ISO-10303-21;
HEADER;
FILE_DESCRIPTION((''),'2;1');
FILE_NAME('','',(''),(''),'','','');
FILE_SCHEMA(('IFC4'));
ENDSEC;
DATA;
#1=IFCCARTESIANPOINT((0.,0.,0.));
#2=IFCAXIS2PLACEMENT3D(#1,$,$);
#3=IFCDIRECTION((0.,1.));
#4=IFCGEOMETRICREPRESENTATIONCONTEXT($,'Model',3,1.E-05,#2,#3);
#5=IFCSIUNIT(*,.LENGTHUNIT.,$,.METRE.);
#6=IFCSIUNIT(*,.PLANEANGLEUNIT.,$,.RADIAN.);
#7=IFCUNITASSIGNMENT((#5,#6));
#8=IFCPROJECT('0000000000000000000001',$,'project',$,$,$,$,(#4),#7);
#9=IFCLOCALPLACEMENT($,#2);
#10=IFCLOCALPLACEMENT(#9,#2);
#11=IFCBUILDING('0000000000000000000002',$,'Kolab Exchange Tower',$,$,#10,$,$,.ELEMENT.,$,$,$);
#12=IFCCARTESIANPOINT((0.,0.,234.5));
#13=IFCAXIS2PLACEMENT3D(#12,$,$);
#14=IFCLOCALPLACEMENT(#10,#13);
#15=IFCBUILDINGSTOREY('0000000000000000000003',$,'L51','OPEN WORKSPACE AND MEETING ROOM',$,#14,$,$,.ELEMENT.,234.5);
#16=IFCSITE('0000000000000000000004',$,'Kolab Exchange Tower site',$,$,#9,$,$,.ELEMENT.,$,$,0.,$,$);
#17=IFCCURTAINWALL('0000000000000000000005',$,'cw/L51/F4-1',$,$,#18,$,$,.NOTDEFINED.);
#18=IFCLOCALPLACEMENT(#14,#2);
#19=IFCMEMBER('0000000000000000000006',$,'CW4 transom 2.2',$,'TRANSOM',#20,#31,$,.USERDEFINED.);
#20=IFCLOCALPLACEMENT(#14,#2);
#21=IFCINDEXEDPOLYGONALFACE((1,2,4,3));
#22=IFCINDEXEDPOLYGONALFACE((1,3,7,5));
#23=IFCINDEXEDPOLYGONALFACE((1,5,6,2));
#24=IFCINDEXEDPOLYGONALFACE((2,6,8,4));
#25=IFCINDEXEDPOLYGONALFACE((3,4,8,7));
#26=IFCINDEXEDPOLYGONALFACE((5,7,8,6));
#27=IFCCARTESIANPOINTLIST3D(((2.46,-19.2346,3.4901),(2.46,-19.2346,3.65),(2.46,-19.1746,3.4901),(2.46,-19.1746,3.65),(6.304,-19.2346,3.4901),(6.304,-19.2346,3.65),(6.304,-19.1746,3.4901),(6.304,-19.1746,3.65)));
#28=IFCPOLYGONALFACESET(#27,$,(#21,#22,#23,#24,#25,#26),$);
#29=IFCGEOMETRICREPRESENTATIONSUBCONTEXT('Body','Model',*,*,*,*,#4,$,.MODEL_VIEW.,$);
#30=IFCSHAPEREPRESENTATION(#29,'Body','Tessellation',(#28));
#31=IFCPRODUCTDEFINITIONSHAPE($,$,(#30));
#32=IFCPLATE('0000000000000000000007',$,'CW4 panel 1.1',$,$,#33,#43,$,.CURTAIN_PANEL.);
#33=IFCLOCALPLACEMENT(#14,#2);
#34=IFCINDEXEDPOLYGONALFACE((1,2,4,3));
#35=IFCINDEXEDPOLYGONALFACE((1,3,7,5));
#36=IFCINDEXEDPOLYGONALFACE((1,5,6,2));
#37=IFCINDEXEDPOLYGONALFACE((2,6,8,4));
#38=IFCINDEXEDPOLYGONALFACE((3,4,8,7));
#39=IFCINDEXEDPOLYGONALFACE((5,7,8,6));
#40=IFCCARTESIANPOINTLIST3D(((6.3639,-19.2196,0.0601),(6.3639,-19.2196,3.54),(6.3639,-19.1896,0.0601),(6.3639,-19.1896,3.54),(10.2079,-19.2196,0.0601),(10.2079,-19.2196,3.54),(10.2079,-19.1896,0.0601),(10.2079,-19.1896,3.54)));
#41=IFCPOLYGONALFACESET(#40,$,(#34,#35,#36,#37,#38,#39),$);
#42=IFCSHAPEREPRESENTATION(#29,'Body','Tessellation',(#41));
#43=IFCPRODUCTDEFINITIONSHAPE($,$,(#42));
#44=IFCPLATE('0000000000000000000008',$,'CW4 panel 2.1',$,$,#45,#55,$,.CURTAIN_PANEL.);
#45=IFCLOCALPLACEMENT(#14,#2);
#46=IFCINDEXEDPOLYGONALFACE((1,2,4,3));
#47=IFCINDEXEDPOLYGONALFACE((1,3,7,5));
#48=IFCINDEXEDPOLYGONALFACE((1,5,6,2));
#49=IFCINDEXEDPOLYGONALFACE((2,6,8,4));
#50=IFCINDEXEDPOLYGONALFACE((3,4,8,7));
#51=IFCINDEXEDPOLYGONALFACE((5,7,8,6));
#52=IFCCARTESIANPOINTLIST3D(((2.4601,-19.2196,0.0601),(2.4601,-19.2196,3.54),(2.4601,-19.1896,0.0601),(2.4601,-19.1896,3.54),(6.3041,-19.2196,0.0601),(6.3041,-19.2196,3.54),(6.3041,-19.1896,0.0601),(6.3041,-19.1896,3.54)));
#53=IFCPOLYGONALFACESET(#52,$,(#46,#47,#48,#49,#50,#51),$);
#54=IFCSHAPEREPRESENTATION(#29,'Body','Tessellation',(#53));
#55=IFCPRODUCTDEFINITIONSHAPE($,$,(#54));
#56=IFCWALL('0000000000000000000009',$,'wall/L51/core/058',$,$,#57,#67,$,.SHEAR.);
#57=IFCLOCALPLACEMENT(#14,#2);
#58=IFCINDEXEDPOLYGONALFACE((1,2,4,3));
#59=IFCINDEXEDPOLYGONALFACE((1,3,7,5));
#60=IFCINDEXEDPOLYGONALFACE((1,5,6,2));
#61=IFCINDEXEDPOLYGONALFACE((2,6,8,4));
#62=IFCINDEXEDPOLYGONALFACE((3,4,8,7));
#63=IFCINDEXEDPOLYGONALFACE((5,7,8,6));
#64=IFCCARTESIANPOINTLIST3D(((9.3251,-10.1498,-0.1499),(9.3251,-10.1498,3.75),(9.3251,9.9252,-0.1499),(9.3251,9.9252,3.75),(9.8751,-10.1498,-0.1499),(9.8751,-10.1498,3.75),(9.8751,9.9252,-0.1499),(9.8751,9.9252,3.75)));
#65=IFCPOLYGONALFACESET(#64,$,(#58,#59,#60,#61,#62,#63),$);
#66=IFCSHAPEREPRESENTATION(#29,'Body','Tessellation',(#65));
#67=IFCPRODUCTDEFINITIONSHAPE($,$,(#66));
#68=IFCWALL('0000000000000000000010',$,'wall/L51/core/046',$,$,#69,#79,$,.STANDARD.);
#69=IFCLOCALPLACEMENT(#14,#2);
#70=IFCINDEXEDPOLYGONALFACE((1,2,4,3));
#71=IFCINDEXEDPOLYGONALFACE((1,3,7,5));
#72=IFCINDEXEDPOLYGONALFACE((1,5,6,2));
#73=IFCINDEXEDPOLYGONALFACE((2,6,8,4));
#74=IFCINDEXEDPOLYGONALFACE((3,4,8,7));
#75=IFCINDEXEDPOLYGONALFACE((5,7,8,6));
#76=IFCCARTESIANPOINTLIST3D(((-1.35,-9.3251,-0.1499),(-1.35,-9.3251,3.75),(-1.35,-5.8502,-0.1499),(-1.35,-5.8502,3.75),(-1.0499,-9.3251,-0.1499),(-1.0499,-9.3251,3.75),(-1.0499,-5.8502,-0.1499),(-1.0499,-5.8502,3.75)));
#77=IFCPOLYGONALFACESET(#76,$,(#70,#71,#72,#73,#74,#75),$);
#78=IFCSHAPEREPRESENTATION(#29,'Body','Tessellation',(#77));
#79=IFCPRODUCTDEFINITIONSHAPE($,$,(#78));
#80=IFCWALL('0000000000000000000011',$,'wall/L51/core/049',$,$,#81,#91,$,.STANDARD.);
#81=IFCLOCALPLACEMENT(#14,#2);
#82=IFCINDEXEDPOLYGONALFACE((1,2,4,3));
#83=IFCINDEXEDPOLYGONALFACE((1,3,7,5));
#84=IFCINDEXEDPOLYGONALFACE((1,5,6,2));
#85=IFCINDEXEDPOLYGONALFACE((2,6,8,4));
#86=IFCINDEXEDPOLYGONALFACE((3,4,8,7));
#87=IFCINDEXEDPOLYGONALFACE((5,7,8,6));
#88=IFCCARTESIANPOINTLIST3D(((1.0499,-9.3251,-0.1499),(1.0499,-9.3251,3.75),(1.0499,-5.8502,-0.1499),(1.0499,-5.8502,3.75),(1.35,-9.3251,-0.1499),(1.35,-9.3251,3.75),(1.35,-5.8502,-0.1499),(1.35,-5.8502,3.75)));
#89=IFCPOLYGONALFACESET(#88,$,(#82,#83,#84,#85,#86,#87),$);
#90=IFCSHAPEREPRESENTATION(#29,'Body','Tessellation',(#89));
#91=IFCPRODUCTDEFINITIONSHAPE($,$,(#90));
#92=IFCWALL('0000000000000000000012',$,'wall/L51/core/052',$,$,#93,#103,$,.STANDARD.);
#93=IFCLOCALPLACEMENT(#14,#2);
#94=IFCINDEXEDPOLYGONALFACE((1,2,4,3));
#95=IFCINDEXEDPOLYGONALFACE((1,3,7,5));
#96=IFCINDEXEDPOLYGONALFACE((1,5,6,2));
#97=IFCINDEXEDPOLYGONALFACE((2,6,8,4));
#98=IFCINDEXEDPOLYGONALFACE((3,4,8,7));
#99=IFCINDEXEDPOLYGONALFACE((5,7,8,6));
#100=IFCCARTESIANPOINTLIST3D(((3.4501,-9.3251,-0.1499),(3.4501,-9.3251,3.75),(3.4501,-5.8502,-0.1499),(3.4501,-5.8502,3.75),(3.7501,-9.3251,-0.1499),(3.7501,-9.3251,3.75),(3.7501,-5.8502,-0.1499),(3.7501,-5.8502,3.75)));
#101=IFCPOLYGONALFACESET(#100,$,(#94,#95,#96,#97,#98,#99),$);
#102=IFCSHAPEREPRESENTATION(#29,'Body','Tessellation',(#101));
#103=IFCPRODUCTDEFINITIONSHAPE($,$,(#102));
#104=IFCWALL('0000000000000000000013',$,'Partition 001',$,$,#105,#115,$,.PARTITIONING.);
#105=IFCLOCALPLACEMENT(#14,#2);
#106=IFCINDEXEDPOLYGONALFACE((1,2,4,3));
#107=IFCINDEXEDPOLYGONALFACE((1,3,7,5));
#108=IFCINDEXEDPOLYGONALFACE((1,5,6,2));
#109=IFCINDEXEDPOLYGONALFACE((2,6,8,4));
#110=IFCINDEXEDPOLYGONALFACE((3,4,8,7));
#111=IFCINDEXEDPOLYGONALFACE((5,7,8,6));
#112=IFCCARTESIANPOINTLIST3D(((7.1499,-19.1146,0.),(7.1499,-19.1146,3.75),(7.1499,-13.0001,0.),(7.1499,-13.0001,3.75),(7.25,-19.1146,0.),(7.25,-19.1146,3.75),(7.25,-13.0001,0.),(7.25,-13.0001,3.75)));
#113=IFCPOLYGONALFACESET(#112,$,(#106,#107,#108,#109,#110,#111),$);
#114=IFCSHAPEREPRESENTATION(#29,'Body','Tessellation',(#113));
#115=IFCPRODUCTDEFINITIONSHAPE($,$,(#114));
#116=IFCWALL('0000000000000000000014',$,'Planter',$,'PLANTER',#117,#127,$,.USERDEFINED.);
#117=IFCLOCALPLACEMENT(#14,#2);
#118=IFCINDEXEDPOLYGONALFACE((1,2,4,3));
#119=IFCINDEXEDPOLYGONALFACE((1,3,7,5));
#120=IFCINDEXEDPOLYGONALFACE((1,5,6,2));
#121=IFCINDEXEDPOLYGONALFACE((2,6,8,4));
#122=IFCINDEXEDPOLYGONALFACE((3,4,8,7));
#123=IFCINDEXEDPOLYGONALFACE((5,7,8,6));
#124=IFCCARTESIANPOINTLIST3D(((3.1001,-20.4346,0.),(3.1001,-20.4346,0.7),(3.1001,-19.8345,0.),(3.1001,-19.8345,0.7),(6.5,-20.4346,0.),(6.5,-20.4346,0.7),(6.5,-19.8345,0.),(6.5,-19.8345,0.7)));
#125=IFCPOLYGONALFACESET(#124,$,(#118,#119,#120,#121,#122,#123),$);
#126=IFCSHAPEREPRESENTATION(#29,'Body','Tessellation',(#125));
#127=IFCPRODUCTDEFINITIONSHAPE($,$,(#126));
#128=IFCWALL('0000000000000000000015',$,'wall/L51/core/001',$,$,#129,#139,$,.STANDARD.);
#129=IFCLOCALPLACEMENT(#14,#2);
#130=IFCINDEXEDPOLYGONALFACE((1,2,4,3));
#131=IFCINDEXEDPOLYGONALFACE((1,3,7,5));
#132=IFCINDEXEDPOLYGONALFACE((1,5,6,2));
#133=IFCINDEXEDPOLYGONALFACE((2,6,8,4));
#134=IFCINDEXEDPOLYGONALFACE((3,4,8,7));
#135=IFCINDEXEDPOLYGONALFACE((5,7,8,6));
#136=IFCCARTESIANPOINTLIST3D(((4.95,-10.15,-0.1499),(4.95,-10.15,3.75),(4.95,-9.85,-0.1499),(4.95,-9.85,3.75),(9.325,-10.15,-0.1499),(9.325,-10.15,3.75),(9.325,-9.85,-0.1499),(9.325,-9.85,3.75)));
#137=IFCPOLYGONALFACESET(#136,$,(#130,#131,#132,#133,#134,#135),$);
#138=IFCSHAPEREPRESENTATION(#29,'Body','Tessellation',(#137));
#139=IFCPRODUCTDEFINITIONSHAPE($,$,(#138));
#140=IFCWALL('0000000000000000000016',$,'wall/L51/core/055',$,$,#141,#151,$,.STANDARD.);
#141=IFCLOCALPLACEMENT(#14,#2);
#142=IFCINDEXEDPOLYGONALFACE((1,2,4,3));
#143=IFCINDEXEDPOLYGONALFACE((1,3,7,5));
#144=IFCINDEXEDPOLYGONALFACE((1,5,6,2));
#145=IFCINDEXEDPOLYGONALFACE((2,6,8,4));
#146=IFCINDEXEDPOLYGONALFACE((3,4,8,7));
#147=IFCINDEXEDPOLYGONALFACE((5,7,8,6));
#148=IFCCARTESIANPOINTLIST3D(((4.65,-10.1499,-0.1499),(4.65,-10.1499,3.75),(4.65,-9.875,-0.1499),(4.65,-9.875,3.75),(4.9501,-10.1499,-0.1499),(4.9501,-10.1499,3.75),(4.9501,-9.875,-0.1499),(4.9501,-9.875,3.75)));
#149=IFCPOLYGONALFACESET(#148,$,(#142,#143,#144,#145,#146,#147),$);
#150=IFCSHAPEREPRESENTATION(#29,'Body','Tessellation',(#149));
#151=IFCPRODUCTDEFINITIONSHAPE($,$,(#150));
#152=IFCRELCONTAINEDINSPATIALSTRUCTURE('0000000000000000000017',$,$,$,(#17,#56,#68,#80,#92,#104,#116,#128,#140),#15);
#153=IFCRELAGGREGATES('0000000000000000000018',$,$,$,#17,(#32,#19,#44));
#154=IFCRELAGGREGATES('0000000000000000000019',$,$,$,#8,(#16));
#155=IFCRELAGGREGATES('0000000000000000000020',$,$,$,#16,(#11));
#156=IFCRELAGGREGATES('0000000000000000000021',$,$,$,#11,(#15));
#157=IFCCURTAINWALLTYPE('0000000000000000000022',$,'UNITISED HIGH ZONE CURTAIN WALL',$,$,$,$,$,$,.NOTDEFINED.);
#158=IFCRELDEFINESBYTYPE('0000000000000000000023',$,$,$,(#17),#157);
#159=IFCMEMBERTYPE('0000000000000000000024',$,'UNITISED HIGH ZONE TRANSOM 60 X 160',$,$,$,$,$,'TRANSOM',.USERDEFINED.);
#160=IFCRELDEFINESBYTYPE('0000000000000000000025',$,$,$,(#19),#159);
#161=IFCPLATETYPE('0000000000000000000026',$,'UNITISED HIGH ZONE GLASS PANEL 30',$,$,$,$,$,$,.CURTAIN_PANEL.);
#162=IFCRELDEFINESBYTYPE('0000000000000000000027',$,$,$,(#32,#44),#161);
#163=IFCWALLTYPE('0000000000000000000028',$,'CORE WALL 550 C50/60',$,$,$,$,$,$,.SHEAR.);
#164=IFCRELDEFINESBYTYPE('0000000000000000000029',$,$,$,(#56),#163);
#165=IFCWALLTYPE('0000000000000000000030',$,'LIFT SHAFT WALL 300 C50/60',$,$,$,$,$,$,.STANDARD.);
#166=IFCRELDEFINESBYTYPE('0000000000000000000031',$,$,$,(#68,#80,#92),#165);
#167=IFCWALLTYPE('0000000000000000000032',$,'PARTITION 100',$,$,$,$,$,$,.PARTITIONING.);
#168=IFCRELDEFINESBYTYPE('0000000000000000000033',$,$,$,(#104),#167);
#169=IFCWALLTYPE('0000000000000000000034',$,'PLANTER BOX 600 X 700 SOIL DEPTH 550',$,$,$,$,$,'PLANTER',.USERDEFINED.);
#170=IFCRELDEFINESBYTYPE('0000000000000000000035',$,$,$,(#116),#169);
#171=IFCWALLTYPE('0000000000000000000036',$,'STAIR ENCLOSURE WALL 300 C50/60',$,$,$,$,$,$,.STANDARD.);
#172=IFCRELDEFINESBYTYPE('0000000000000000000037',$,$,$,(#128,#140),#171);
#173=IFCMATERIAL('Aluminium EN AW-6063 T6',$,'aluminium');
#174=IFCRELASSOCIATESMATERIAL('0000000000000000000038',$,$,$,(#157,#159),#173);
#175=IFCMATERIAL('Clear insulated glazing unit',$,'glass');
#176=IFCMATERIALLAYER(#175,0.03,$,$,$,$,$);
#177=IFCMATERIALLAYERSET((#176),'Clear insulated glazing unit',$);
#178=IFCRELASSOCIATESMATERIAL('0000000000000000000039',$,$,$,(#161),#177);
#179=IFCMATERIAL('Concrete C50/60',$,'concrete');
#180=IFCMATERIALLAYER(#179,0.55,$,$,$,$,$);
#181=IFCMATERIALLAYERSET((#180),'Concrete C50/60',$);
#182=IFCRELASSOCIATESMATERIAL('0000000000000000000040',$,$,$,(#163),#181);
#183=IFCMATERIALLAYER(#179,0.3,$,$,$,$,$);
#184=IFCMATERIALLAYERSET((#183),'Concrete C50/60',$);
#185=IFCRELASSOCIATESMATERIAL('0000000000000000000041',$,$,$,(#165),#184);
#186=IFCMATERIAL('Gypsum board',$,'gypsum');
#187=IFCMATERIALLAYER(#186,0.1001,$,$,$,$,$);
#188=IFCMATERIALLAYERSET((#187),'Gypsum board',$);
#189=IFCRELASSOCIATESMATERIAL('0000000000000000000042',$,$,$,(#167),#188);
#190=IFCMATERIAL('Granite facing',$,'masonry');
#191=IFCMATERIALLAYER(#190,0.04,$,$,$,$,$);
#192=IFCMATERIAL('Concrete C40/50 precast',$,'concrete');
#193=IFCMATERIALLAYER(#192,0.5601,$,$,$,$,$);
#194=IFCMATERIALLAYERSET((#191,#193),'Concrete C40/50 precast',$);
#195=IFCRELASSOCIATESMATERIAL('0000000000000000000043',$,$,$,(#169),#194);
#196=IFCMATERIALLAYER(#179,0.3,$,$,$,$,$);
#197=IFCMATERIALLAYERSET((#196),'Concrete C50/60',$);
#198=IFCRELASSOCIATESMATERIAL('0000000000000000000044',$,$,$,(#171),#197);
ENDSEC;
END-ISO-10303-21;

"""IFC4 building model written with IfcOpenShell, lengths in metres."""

from ifc_helpers import new_model, si_unit, direction, frame, frame_2d, origin, origin_2d, place, context, subcontext, project, spatial, rectangle, extrude, material, layer, layer_set, material_profile, profile_set, type_object, element, aggregate, save


model = new_model("IFC4")

# Units and contexts
model_context = context("Model", 3, precision=1e-05, world=origin(), true_north=direction((0.0, 1.0)))
body_context = subcontext(model_context, "Body", "Model", "MODEL_VIEW")
ifc_project = project(units=[si_unit("LENGTHUNIT", "METRE"), si_unit("PLANEANGLEUNIT", "RADIAN")], contexts=[model_context])

# Site, building, storey
site_placement = place(None, origin())
site = spatial("IfcSite", under=ifc_project, at=site_placement, Name="Kolab Exchange Tower site", CompositionType="ELEMENT", RefElevation=0.0)
building_placement = place(site_placement, origin())
building = spatial("IfcBuilding", under=site, at=building_placement, Name="Kolab Exchange Tower", CompositionType="ELEMENT")
storey_placement = place(building_placement, frame((0.0, 0.0, 234.5)))
storey = spatial("IfcBuildingStorey", under=building, at=storey_placement, Name="L51", Description="OPEN WORKSPACE AND MEETING ROOM", CompositionType="ELEMENT", Elevation=234.5)

# Shared definitions
ifc_material_1 = material(Name="Concrete C50/60", Category="concrete")

# Curtain wall, member, plates
ifc_material_2 = material(Name="Aluminium EN AW-6063 T6", Category="aluminium")
curtain_wall_type = type_object("IfcCurtainWallType", Name="UNITISED HIGH ZONE CURTAIN WALL", PredefinedType="NOTDEFINED", material=ifc_material_2)
curtain_wall_placement = place(storey_placement, origin())
curtain_wall = element("IfcCurtainWall", 1, at=curtain_wall_placement, inside=storey, type_object=curtain_wall_type, Name="cw/L51/F4-1", PredefinedType="NOTDEFINED")
ifc_material_profile_1 = material_profile(ifc_material_2, rectangle(XDim=0.0601, YDim=0.1599, at=origin_2d()), Name="RECT 60X160")
ifc_profile_set_1 = profile_set([ifc_material_profile_1], Name="Aluminium EN AW-6063 T6")
member_type_1 = type_object("IfcMemberType", Name="UNITISED HIGH ZONE TRANSOM 60 X 160", ElementType="TRANSOM", PredefinedType="USERDEFINED", material=ifc_profile_set_1)
member_1_placement = place(storey_placement, frame((6.304, -19.2046, 3.5701), z_axis=(-1.0, 0.0, 0.0), x_axis=(0.0, -1.0, 0.0)))
member_1 = element("IfcMember", 2, at=member_1_placement, type_object=member_type_1, Name="CW4 transom 2.2", ObjectType="TRANSOM", PredefinedType="USERDEFINED", context=body_context, shape_type="SweptSolid", body=[
    extrude(rectangle(XDim=0.0601, YDim=0.1599, at=origin_2d()), origin(), (0.0, 0.0, 1.0), 3.844),
])
ifc_material_3 = material(Name="Clear insulated glazing unit", Category="glass")
ifc_layer_1 = layer(ifc_material_3, 0.03)
ifc_layer_set_1 = layer_set([ifc_layer_1], Name="Clear insulated glazing unit")
plate_type = type_object("IfcPlateType", Name="UNITISED HIGH ZONE GLASS PANEL 30", PredefinedType="CURTAIN_PANEL", material=ifc_layer_set_1)
plate_1_placement = place(storey_placement, frame((8.2859, -19.2046, 0.0601), z_axis=(0.0, 0.0, 1.0), x_axis=(-1.0, 0.0, 0.0)))
plate_1 = element("IfcPlate", 3, at=plate_1_placement, type_object=plate_type, Name="CW4 panel 1.1", PredefinedType="CURTAIN_PANEL", context=body_context, shape_type="SweptSolid", body=[
    extrude(rectangle(XDim=3.844, YDim=0.03, at=origin_2d()), origin(), (0.0, 0.0, 1.0), 3.48),
])
plate_2_placement = place(storey_placement, frame((4.3821, -19.2046, 0.0601), z_axis=(0.0, 0.0, 1.0), x_axis=(-1.0, 0.0, 0.0)))
plate_2 = element("IfcPlate", 4, at=plate_2_placement, type_object=plate_type, Name="CW4 panel 2.1", PredefinedType="CURTAIN_PANEL", context=body_context, shape_type="SweptSolid", body=[
    extrude(rectangle(XDim=3.844, YDim=0.03, at=origin_2d()), origin(), (0.0, 0.0, 1.0), 3.48),
])
aggregate(curtain_wall, [plate_1, member_1, plate_2])

# Wall
ifc_layer_2 = layer(ifc_material_1, 0.55)
ifc_layer_set_2 = layer_set([ifc_layer_2], Name="Concrete C50/60")
wall_type_1 = type_object("IfcWallType", Name="CORE WALL 550 C50/60", PredefinedType="SHEAR", material=ifc_layer_set_2)
wall_1_placement = place(storey_placement, frame((9.6001, -10.1499, -0.1499), z_axis=(0.0, 0.0, 1.0), x_axis=(0.0, 1.0, 0.0)))
element("IfcWall", 5, at=wall_1_placement, inside=storey, type_object=wall_type_1, Name="wall/L51/core/058", PredefinedType="SHEAR", context=body_context, shape_type="SweptSolid", body=[
    extrude(rectangle(XDim=20.075, YDim=0.55, at=frame_2d((10.0376, 0.0))), origin(), (0.0, 0.0, 1.0), 3.8999),
])

# Walls
ifc_layer_3 = layer(ifc_material_1, 0.3)
ifc_layer_set_3 = layer_set([ifc_layer_3], Name="Concrete C50/60")
wall_type_2 = type_object("IfcWallType", Name="LIFT SHAFT WALL 300 C50/60", PredefinedType="STANDARD", material=ifc_layer_set_3)
for number, where, z_axis, x_axis, name in (
    (6, (-1.2, -9.325, -0.1499), (0.0, 0.0, 1.0), (0.0, 1.0, 0.0), "wall/L51/core/046"),
    (7, (1.2, -9.325, -0.1499), (0.0, 0.0, 1.0), (0.0, 1.0, 0.0), "wall/L51/core/049"),
    (8, (3.6001, -9.325, -0.1499), (0.0, 0.0, 1.0), (0.0, 1.0, 0.0), "wall/L51/core/052"),
):
    element("IfcWall", number, at=place(storey_placement, frame(where, z_axis=z_axis, x_axis=x_axis)), inside=storey, type_object=wall_type_2, Name=name, PredefinedType="STANDARD", context=body_context, shape_type="SweptSolid", body=[
        extrude(rectangle(XDim=3.4749, YDim=0.3, at=frame_2d((1.7373, 0.0))), origin(), (0.0, 0.0, 1.0), 3.8999),
    ])
ifc_material_4 = material(Name="Gypsum board", Category="gypsum")
ifc_layer_4 = layer(ifc_material_4, 0.1001)
ifc_layer_set_4 = layer_set([ifc_layer_4], Name="Gypsum board")
wall_type_3 = type_object("IfcWallType", Name="PARTITION 100", PredefinedType="PARTITIONING", material=ifc_layer_set_4)
wall_2_placement = place(storey_placement, frame((7.2, -19.1145, 0.0), z_axis=(0.0, 0.0, 1.0), x_axis=(0.0, 1.0, 0.0)))
element("IfcWall", 9, at=wall_2_placement, inside=storey, type_object=wall_type_3, Name="Partition 001", PredefinedType="PARTITIONING", context=body_context, shape_type="SweptSolid", body=[
    extrude(rectangle(XDim=6.1145, YDim=0.1001, at=frame_2d((3.0571, 0.0))), origin(), (0.0, 0.0, 1.0), 3.75),
])
ifc_material_5 = material(Name="Granite facing", Category="masonry")
ifc_layer_5 = layer(ifc_material_5, 0.04)
ifc_material_6 = material(Name="Concrete C40/50 precast", Category="concrete")
ifc_layer_6 = layer(ifc_material_6, 0.5601)
ifc_layer_set_5 = layer_set([ifc_layer_5, ifc_layer_6], Name="Concrete C40/50 precast")
wall_type_4 = type_object("IfcWallType", Name="PLANTER BOX 600 X 700 SOIL DEPTH 550", ElementType="PLANTER", PredefinedType="USERDEFINED", material=ifc_layer_set_5)
wall_3_placement = place(storey_placement, frame((6.5, -20.1345, 0.0), z_axis=(0.0, 0.0, 1.0), x_axis=(-1.0, 0.0, 0.0)))
element("IfcWall", 10, at=wall_3_placement, inside=storey, type_object=wall_type_4, Name="Planter", ObjectType="PLANTER", PredefinedType="USERDEFINED", context=body_context, shape_type="SweptSolid", body=[
    extrude(rectangle(XDim=3.3999, YDim=0.6001, at=frame_2d((1.7, 0.0))), origin(), (0.0, 0.0, 1.0), 0.7),
])
ifc_layer_7 = layer(ifc_material_1, 0.3)
ifc_layer_set_6 = layer_set([ifc_layer_7], Name="Concrete C50/60")
wall_type_5 = type_object("IfcWallType", Name="STAIR ENCLOSURE WALL 300 C50/60", PredefinedType="STANDARD", material=ifc_layer_set_6)
wall_4_placement = place(storey_placement, frame((4.95, -10.0, -0.1499), z_axis=(0.0, 0.0, 1.0), x_axis=(1.0, 0.0, 0.0)))
element("IfcWall", 11, at=wall_4_placement, inside=storey, type_object=wall_type_5, Name="wall/L51/core/001", PredefinedType="STANDARD", context=body_context, shape_type="SweptSolid", body=[
    extrude(rectangle(XDim=4.375, YDim=0.3, at=frame_2d((2.1875, 0.0))), origin(), (0.0, 0.0, 1.0), 3.8999),
])
wall_5_placement = place(storey_placement, frame((4.8, -10.1499, -0.1499), z_axis=(0.0, 0.0, 1.0), x_axis=(0.0, 1.0, 0.0)))
element("IfcWall", 12, at=wall_5_placement, inside=storey, type_object=wall_type_5, Name="wall/L51/core/055", PredefinedType="STANDARD", context=body_context, shape_type="SweptSolid", body=[
    extrude(rectangle(XDim=0.2749, YDim=0.3, at=frame_2d((0.1375, 0.0))), origin(), (0.0, 0.0, 1.0), 3.8999),
])

save(model, "model.ifc")
